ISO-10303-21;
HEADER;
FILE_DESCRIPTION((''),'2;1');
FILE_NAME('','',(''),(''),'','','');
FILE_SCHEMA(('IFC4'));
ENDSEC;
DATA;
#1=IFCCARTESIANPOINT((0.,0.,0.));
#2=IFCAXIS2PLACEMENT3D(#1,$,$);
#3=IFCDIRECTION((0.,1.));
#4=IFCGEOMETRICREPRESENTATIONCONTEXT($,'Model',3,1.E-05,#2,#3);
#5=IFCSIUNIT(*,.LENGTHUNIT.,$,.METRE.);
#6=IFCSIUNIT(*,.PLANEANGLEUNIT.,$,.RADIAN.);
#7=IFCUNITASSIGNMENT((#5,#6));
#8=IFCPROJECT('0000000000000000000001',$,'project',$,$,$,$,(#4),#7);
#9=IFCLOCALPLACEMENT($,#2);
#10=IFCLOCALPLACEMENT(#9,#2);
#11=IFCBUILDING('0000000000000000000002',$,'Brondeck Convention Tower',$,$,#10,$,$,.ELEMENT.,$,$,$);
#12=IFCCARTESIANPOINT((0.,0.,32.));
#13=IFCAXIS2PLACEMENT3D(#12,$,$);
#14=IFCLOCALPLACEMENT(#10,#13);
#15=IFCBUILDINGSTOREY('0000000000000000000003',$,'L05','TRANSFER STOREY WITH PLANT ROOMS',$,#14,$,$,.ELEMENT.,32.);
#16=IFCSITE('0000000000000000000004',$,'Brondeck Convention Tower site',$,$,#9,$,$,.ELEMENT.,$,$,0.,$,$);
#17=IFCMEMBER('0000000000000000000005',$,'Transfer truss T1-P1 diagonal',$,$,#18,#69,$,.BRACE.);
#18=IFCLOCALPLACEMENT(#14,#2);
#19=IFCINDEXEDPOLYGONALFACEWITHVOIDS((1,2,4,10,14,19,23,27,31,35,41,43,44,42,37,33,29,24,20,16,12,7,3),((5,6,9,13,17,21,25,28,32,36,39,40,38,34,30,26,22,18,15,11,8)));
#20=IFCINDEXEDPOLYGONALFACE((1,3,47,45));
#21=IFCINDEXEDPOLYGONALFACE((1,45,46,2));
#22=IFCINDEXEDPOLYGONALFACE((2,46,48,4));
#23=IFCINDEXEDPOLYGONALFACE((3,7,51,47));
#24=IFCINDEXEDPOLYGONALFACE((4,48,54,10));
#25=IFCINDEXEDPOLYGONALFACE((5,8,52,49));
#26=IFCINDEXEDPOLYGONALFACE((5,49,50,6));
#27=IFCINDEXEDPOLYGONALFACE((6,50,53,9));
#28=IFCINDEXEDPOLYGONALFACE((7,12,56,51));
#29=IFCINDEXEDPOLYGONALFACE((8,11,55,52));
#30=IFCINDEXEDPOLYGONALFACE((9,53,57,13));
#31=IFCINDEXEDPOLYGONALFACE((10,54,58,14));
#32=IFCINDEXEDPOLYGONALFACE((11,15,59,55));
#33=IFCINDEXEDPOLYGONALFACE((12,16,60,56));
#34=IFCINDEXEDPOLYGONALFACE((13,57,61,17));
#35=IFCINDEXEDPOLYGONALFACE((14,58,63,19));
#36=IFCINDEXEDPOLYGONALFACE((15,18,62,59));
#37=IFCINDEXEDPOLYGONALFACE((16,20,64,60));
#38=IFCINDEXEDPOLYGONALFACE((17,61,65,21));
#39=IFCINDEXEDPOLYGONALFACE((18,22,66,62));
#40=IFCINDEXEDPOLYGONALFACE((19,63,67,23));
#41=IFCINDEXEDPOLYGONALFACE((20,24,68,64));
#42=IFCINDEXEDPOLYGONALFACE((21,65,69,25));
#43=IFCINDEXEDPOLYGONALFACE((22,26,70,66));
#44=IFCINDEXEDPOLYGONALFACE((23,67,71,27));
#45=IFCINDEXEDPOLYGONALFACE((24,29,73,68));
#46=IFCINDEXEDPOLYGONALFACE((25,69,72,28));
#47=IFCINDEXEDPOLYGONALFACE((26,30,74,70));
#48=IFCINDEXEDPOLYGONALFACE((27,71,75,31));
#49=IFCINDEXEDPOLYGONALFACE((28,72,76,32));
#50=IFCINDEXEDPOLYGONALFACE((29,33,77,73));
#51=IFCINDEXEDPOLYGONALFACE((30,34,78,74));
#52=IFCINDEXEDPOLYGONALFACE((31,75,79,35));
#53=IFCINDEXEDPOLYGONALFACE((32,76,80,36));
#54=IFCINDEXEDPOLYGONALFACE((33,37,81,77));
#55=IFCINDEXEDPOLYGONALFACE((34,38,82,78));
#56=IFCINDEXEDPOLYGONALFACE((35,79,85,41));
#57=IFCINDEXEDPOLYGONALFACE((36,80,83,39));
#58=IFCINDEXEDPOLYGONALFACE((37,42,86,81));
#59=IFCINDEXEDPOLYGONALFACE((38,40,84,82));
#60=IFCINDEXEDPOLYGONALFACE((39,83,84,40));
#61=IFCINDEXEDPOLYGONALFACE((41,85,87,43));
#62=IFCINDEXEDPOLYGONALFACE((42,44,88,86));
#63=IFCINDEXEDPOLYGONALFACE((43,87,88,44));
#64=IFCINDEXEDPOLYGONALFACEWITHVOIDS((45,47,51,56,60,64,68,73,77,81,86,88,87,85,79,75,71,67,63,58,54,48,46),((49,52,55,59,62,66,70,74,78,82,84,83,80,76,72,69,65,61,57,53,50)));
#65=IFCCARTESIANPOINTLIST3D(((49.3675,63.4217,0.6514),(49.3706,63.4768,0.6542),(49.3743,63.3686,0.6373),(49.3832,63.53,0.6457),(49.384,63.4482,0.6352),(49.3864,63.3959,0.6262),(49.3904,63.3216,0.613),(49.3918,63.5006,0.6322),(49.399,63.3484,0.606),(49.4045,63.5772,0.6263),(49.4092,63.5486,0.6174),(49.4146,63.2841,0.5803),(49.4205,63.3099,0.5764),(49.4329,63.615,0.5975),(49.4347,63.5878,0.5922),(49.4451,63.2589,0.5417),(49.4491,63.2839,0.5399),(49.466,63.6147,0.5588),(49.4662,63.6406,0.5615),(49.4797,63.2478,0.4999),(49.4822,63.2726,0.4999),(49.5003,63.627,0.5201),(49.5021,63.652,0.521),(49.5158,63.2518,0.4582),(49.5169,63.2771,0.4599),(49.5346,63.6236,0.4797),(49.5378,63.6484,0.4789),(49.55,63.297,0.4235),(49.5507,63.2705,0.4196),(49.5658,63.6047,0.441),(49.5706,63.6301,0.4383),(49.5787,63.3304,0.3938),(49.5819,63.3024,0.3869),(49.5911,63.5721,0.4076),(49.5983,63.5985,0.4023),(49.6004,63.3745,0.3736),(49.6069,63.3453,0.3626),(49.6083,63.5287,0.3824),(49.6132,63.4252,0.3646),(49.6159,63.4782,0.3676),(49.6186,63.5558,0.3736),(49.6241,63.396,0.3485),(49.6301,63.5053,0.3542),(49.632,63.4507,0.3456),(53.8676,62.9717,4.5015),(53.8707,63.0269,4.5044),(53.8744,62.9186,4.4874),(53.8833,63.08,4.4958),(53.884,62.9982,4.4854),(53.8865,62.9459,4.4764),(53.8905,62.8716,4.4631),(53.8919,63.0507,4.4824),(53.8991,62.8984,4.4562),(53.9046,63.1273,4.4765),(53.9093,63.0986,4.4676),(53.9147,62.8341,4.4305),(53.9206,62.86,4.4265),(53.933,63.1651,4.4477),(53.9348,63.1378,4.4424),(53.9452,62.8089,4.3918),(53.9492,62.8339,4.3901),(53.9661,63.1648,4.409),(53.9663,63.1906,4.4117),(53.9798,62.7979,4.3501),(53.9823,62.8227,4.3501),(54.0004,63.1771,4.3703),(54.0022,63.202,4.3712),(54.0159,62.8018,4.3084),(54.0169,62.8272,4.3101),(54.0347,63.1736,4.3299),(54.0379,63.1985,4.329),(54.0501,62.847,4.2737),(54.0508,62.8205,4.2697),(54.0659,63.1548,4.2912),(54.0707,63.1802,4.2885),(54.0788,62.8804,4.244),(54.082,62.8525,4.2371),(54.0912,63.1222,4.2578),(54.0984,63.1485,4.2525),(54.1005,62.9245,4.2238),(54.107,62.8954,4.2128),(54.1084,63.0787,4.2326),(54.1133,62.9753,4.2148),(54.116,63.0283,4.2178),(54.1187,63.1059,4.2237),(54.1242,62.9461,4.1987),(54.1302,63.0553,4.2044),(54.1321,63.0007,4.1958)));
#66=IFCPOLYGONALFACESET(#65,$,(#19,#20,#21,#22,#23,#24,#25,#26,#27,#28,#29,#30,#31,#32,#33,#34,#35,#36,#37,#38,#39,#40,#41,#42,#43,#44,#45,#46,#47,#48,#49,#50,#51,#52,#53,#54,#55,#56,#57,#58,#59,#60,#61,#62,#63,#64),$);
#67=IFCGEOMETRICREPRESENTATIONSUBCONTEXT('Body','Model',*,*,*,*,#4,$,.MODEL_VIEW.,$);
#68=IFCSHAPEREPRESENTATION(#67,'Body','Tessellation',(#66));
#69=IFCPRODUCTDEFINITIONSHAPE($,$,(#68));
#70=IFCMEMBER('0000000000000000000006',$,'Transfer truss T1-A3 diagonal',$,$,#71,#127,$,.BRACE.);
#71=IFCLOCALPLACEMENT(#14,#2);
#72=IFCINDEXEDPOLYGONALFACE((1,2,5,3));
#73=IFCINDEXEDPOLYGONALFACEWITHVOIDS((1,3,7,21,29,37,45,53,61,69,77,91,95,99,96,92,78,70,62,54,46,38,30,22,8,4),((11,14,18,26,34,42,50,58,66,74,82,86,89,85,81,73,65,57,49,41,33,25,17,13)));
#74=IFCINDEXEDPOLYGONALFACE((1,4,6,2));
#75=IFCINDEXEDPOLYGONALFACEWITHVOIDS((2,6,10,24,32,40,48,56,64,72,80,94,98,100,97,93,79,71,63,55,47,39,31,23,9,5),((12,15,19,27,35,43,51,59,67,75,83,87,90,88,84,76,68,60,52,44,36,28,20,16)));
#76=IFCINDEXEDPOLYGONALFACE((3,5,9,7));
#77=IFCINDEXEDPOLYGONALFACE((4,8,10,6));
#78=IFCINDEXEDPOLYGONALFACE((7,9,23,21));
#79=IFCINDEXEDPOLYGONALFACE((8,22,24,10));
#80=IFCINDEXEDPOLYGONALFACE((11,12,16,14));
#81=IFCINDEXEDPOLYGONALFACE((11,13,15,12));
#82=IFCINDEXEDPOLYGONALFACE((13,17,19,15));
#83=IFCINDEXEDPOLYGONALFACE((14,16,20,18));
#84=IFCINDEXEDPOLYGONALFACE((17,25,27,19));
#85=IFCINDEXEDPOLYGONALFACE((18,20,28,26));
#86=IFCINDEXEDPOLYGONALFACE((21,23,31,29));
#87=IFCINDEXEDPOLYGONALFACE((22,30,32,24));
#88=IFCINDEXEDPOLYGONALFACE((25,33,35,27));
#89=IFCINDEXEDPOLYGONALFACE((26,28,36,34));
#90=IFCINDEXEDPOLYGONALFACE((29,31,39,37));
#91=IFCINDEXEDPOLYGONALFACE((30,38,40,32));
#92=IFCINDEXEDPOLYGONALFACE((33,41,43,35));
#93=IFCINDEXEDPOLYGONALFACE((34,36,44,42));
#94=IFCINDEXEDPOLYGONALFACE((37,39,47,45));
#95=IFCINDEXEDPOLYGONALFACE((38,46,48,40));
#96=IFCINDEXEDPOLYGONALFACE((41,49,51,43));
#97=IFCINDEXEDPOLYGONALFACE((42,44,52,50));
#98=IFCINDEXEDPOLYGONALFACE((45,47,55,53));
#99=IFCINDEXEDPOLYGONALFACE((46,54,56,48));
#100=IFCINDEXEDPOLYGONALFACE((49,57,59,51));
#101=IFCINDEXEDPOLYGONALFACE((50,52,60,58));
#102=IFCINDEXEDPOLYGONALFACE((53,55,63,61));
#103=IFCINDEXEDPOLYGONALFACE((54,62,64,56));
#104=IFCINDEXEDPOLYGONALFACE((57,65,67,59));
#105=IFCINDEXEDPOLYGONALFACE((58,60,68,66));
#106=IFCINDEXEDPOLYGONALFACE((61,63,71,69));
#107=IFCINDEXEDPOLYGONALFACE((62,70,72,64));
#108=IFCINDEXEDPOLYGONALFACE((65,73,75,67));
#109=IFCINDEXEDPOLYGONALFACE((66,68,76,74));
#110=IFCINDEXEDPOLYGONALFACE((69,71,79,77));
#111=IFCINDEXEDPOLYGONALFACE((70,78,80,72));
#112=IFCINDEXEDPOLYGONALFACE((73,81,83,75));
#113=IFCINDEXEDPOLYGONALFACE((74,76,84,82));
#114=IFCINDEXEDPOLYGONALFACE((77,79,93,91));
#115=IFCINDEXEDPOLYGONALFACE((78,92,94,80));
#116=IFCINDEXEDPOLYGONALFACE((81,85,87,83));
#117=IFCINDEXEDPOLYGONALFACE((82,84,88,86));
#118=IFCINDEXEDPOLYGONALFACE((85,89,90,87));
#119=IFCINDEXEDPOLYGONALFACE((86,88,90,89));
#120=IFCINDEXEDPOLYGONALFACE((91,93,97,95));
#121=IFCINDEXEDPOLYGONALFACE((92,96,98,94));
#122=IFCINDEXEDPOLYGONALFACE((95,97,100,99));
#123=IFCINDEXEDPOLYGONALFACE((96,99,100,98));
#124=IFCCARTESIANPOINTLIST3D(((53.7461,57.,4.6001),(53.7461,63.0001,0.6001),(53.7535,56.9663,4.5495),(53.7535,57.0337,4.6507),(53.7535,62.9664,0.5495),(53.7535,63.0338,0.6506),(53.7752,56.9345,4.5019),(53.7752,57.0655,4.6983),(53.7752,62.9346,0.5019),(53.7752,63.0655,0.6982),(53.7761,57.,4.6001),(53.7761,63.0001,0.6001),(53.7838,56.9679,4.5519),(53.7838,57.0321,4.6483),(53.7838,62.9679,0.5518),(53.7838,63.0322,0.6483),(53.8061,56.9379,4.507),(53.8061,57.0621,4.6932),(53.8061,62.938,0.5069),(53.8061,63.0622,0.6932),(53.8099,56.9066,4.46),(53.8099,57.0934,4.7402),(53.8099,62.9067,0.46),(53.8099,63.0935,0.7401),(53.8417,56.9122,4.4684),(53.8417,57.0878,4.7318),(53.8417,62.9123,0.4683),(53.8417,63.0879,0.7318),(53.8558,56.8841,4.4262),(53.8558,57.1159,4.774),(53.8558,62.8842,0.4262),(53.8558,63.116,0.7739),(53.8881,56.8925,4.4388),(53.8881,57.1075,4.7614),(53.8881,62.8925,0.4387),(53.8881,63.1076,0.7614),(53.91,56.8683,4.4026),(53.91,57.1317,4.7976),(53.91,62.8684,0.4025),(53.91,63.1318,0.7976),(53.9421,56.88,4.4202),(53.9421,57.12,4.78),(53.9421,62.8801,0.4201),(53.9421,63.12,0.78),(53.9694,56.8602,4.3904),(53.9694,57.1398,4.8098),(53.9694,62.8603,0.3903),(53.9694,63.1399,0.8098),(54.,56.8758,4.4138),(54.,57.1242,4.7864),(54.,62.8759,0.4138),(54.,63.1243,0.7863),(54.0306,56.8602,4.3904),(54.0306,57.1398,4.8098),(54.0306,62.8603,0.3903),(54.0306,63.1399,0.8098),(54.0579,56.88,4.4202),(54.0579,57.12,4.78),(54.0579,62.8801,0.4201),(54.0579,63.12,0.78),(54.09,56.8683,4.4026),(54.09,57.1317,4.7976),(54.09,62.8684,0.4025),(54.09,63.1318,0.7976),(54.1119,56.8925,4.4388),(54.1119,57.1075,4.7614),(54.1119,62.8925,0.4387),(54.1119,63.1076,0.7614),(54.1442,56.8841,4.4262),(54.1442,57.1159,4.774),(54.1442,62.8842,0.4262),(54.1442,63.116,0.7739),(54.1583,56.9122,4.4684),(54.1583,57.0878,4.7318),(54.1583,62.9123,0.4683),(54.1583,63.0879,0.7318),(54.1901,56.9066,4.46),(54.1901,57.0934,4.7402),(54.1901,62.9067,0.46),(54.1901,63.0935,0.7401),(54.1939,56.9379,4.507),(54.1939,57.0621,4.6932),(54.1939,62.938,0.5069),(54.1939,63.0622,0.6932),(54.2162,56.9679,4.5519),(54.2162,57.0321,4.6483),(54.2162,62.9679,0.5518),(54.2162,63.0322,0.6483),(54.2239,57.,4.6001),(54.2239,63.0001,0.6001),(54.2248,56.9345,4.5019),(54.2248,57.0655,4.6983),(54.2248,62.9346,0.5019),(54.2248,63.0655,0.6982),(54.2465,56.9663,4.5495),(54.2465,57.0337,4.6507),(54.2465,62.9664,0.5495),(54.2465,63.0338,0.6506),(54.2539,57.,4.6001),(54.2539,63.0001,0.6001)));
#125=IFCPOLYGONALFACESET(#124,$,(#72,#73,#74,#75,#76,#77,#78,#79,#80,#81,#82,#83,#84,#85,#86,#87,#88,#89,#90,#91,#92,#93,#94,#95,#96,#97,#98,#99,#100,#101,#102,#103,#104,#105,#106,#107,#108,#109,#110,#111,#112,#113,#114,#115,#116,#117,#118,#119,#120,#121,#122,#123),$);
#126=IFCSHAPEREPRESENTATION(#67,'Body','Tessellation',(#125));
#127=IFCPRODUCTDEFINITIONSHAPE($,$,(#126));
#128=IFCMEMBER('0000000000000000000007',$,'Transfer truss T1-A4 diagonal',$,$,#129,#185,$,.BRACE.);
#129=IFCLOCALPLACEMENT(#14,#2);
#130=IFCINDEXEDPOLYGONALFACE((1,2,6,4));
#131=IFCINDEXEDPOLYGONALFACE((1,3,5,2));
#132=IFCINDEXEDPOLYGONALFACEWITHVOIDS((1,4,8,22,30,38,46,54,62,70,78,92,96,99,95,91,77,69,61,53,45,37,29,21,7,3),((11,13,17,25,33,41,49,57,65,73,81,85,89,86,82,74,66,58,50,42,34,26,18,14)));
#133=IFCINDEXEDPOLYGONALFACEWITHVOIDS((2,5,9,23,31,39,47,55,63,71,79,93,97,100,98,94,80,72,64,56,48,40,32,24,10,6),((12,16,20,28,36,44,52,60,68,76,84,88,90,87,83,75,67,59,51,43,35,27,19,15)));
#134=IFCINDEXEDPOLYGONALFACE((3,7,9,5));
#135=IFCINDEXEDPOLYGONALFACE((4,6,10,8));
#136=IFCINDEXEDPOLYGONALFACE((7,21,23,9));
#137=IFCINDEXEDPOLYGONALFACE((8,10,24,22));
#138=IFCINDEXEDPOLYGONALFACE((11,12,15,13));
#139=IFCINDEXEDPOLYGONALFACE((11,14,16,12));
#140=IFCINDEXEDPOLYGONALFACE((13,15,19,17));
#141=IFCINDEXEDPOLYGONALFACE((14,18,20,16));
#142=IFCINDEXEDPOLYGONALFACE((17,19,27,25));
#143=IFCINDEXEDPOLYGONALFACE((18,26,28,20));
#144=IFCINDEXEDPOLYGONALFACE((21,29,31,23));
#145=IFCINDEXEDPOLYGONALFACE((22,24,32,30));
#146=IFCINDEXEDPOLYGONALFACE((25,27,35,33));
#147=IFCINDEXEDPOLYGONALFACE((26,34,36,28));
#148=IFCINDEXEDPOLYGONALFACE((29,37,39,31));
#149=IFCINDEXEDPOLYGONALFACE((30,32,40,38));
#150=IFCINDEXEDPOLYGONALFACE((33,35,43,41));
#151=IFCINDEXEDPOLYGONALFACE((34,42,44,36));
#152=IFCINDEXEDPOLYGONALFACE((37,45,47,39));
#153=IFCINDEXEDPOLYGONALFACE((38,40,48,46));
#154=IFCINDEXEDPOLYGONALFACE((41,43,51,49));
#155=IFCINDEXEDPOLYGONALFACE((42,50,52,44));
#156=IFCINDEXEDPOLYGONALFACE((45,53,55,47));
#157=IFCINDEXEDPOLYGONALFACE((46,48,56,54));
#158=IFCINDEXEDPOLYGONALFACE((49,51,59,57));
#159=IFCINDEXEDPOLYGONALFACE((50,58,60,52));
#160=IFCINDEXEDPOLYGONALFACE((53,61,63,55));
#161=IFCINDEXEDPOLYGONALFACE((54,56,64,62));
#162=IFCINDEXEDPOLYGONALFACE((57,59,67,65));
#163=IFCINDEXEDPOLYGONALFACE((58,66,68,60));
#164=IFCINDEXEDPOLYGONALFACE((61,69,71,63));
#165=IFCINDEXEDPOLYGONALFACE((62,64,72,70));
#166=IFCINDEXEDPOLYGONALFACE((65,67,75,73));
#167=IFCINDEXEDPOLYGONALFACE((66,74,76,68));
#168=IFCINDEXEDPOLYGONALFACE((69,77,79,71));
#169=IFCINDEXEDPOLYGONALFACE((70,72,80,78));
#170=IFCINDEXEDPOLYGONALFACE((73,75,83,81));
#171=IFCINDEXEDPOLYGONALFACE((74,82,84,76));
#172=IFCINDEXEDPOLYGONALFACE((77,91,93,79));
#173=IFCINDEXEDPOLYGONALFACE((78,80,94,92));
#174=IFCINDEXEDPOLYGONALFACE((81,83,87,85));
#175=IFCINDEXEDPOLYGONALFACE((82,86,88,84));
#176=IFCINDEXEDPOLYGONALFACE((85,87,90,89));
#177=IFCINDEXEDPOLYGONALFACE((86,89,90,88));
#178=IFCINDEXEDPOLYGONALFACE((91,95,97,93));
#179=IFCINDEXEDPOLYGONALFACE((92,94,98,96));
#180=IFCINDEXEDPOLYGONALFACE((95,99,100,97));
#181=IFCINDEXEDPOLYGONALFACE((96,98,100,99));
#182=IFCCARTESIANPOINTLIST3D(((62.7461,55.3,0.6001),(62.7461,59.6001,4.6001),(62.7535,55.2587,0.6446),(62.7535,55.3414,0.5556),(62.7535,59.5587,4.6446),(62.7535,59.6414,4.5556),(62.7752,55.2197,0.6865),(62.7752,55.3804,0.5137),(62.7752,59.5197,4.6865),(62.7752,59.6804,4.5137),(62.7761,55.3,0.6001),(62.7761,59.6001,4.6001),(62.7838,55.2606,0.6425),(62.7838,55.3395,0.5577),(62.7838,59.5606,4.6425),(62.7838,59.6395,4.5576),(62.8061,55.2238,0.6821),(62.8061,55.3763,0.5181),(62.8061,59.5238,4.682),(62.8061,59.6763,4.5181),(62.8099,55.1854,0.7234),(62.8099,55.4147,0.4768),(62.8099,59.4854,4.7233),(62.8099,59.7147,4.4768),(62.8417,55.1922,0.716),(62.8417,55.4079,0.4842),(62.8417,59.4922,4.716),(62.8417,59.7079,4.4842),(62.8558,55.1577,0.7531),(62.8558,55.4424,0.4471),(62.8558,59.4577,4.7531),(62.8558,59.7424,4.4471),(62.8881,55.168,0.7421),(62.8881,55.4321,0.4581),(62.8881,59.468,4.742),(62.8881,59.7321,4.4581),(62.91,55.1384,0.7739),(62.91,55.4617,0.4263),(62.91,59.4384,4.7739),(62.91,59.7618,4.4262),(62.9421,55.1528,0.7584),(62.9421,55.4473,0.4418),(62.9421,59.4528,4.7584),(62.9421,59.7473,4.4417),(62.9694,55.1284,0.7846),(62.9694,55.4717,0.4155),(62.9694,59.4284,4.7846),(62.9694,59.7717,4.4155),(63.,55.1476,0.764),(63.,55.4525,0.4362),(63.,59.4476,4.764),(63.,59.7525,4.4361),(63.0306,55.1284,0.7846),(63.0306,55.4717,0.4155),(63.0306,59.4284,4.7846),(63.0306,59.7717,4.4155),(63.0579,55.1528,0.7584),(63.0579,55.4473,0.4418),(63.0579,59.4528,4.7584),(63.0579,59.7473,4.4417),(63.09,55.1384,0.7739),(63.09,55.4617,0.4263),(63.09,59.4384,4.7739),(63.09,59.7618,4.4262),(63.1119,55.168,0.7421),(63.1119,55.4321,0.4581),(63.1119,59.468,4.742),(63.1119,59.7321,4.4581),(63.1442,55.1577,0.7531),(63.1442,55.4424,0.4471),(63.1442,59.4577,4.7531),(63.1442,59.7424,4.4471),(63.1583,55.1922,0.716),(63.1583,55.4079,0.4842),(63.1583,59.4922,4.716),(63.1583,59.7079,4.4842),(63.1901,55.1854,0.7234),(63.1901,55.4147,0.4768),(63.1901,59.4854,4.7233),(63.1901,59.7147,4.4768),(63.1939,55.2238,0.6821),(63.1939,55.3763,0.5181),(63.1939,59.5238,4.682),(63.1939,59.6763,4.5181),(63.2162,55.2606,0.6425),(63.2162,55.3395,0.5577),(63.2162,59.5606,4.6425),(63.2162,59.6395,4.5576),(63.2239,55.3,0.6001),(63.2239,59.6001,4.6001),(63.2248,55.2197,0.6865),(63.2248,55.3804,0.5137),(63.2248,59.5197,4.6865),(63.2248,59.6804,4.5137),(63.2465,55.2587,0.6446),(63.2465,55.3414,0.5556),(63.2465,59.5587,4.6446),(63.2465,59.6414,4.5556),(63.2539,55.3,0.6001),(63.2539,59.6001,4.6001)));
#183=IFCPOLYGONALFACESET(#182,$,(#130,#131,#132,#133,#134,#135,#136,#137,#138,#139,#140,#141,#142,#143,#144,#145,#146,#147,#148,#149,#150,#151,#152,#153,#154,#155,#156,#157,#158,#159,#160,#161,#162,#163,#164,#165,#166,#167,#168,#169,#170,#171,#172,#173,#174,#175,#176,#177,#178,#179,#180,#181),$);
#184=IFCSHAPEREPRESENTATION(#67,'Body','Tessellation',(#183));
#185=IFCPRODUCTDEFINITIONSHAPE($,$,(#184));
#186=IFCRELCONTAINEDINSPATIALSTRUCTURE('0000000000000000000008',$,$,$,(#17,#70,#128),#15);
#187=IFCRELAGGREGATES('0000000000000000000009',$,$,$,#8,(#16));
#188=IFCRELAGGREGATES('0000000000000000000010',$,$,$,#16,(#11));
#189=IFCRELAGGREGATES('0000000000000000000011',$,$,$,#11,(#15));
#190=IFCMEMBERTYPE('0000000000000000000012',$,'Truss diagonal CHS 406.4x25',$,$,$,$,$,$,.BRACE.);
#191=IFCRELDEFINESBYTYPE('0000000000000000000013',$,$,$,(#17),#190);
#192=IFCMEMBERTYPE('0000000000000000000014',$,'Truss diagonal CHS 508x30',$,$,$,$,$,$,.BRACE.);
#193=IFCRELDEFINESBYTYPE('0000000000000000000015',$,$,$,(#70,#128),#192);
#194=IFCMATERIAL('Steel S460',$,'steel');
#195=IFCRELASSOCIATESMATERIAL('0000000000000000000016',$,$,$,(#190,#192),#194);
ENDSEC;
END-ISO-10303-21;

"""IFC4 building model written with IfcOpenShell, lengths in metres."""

from ifc_helpers import new_model, si_unit, direction, frame, origin, origin_2d, place, context, subcontext, project, spatial, hollow_circle, extrude, material, material_profile, profile_set, type_object, element, save


model = new_model("IFC4")

# Units and contexts
model_context = context("Model", 3, precision=1e-05, world=origin(), true_north=direction((0.0, 1.0)))
body_context = subcontext(model_context, "Body", "Model", "MODEL_VIEW")
ifc_project = project(units=[si_unit("LENGTHUNIT", "METRE"), si_unit("PLANEANGLEUNIT", "RADIAN")], contexts=[model_context])

# Site, building, storey
site_placement = place(None, origin())
site = spatial("IfcSite", under=ifc_project, at=site_placement, Name="Brondeck Convention Tower site", CompositionType="ELEMENT", RefElevation=0.0)
building_placement = place(site_placement, origin())
building = spatial("IfcBuilding", under=site, at=building_placement, Name="Brondeck Convention Tower", CompositionType="ELEMENT")
storey_placement = place(building_placement, frame((0.0, 0.0, 32.0)))
storey = spatial("IfcBuildingStorey", under=building, at=storey_placement, Name="L05", Description="TRANSFER STOREY WITH PLANT ROOMS", CompositionType="ELEMENT", Elevation=32.0)

# Shared definitions
ifc_material_1 = material(Name="Steel S460", Category="steel")

# Members
ifc_material_profile_1 = material_profile(ifc_material_1, hollow_circle(Radius=0.2031, WallThickness=0.0249, at=origin_2d()), Name="CHS 406.4x25")
ifc_profile_set_1 = profile_set([ifc_material_profile_1], Name="Steel S460")
member_type_1 = type_object("IfcMemberType", Name="Truss diagonal CHS 406.4x25", PredefinedType="BRACE", material=ifc_profile_set_1)
for number, where, z_axis, x_axis, name in (
    (1, (54.0, 63.0, 4.3501), (-0.75766, 0.075758, -0.648237), (-0.099493, -0.995038, 0.0), "Transfer truss T1-P1 diagonal"),
):
    element("IfcMember", number, at=place(storey_placement, frame(where, z_axis=z_axis, x_axis=x_axis)), inside=storey, type_object=member_type_1, Name=name, PredefinedType="BRACE", context=body_context, shape_type="SweptSolid", body=[
        extrude(hollow_circle(Radius=0.2031, WallThickness=0.0249, at=origin_2d()), origin(), (0.0, 0.0, 1.0), 5.9395),
    ])
ifc_material_profile_2 = material_profile(ifc_material_1, hollow_circle(Radius=0.2539, WallThickness=0.03, at=origin_2d()), Name="CHS 508x30")
ifc_profile_set_2 = profile_set([ifc_material_profile_2], Name="Steel S460")
member_type_2 = type_object("IfcMemberType", Name="Truss diagonal CHS 508x30", PredefinedType="BRACE", material=ifc_profile_set_2)
member_1_placement = place(storey_placement, frame((54.0, 57.0, 4.6001), z_axis=(0.0, 0.83205, -0.5547), x_axis=(-1.0, 0.0, 0.0)))
element("IfcMember", 2, at=member_1_placement, inside=storey, type_object=member_type_2, Name="Transfer truss T1-A3 diagonal", PredefinedType="BRACE", context=body_context, shape_type="SweptSolid", body=[
    extrude(hollow_circle(Radius=0.2539, WallThickness=0.03, at=origin_2d()), origin(), (0.0, 0.0, 1.0), 7.2112),
])
member_2_placement = place(storey_placement, frame((63.0, 55.3, 0.6001), z_axis=(0.0, 0.732191, 0.6811), x_axis=(-1.0, 0.0, 0.0)))
element("IfcMember", 3, at=member_2_placement, inside=storey, type_object=member_type_2, Name="Transfer truss T1-A4 diagonal", PredefinedType="BRACE", context=body_context, shape_type="SweptSolid", body=[
    extrude(hollow_circle(Radius=0.2539, WallThickness=0.03, at=origin_2d()), origin(), (0.0, 0.0, 1.0), 5.8728),
])

save(model, "model.ifc")
